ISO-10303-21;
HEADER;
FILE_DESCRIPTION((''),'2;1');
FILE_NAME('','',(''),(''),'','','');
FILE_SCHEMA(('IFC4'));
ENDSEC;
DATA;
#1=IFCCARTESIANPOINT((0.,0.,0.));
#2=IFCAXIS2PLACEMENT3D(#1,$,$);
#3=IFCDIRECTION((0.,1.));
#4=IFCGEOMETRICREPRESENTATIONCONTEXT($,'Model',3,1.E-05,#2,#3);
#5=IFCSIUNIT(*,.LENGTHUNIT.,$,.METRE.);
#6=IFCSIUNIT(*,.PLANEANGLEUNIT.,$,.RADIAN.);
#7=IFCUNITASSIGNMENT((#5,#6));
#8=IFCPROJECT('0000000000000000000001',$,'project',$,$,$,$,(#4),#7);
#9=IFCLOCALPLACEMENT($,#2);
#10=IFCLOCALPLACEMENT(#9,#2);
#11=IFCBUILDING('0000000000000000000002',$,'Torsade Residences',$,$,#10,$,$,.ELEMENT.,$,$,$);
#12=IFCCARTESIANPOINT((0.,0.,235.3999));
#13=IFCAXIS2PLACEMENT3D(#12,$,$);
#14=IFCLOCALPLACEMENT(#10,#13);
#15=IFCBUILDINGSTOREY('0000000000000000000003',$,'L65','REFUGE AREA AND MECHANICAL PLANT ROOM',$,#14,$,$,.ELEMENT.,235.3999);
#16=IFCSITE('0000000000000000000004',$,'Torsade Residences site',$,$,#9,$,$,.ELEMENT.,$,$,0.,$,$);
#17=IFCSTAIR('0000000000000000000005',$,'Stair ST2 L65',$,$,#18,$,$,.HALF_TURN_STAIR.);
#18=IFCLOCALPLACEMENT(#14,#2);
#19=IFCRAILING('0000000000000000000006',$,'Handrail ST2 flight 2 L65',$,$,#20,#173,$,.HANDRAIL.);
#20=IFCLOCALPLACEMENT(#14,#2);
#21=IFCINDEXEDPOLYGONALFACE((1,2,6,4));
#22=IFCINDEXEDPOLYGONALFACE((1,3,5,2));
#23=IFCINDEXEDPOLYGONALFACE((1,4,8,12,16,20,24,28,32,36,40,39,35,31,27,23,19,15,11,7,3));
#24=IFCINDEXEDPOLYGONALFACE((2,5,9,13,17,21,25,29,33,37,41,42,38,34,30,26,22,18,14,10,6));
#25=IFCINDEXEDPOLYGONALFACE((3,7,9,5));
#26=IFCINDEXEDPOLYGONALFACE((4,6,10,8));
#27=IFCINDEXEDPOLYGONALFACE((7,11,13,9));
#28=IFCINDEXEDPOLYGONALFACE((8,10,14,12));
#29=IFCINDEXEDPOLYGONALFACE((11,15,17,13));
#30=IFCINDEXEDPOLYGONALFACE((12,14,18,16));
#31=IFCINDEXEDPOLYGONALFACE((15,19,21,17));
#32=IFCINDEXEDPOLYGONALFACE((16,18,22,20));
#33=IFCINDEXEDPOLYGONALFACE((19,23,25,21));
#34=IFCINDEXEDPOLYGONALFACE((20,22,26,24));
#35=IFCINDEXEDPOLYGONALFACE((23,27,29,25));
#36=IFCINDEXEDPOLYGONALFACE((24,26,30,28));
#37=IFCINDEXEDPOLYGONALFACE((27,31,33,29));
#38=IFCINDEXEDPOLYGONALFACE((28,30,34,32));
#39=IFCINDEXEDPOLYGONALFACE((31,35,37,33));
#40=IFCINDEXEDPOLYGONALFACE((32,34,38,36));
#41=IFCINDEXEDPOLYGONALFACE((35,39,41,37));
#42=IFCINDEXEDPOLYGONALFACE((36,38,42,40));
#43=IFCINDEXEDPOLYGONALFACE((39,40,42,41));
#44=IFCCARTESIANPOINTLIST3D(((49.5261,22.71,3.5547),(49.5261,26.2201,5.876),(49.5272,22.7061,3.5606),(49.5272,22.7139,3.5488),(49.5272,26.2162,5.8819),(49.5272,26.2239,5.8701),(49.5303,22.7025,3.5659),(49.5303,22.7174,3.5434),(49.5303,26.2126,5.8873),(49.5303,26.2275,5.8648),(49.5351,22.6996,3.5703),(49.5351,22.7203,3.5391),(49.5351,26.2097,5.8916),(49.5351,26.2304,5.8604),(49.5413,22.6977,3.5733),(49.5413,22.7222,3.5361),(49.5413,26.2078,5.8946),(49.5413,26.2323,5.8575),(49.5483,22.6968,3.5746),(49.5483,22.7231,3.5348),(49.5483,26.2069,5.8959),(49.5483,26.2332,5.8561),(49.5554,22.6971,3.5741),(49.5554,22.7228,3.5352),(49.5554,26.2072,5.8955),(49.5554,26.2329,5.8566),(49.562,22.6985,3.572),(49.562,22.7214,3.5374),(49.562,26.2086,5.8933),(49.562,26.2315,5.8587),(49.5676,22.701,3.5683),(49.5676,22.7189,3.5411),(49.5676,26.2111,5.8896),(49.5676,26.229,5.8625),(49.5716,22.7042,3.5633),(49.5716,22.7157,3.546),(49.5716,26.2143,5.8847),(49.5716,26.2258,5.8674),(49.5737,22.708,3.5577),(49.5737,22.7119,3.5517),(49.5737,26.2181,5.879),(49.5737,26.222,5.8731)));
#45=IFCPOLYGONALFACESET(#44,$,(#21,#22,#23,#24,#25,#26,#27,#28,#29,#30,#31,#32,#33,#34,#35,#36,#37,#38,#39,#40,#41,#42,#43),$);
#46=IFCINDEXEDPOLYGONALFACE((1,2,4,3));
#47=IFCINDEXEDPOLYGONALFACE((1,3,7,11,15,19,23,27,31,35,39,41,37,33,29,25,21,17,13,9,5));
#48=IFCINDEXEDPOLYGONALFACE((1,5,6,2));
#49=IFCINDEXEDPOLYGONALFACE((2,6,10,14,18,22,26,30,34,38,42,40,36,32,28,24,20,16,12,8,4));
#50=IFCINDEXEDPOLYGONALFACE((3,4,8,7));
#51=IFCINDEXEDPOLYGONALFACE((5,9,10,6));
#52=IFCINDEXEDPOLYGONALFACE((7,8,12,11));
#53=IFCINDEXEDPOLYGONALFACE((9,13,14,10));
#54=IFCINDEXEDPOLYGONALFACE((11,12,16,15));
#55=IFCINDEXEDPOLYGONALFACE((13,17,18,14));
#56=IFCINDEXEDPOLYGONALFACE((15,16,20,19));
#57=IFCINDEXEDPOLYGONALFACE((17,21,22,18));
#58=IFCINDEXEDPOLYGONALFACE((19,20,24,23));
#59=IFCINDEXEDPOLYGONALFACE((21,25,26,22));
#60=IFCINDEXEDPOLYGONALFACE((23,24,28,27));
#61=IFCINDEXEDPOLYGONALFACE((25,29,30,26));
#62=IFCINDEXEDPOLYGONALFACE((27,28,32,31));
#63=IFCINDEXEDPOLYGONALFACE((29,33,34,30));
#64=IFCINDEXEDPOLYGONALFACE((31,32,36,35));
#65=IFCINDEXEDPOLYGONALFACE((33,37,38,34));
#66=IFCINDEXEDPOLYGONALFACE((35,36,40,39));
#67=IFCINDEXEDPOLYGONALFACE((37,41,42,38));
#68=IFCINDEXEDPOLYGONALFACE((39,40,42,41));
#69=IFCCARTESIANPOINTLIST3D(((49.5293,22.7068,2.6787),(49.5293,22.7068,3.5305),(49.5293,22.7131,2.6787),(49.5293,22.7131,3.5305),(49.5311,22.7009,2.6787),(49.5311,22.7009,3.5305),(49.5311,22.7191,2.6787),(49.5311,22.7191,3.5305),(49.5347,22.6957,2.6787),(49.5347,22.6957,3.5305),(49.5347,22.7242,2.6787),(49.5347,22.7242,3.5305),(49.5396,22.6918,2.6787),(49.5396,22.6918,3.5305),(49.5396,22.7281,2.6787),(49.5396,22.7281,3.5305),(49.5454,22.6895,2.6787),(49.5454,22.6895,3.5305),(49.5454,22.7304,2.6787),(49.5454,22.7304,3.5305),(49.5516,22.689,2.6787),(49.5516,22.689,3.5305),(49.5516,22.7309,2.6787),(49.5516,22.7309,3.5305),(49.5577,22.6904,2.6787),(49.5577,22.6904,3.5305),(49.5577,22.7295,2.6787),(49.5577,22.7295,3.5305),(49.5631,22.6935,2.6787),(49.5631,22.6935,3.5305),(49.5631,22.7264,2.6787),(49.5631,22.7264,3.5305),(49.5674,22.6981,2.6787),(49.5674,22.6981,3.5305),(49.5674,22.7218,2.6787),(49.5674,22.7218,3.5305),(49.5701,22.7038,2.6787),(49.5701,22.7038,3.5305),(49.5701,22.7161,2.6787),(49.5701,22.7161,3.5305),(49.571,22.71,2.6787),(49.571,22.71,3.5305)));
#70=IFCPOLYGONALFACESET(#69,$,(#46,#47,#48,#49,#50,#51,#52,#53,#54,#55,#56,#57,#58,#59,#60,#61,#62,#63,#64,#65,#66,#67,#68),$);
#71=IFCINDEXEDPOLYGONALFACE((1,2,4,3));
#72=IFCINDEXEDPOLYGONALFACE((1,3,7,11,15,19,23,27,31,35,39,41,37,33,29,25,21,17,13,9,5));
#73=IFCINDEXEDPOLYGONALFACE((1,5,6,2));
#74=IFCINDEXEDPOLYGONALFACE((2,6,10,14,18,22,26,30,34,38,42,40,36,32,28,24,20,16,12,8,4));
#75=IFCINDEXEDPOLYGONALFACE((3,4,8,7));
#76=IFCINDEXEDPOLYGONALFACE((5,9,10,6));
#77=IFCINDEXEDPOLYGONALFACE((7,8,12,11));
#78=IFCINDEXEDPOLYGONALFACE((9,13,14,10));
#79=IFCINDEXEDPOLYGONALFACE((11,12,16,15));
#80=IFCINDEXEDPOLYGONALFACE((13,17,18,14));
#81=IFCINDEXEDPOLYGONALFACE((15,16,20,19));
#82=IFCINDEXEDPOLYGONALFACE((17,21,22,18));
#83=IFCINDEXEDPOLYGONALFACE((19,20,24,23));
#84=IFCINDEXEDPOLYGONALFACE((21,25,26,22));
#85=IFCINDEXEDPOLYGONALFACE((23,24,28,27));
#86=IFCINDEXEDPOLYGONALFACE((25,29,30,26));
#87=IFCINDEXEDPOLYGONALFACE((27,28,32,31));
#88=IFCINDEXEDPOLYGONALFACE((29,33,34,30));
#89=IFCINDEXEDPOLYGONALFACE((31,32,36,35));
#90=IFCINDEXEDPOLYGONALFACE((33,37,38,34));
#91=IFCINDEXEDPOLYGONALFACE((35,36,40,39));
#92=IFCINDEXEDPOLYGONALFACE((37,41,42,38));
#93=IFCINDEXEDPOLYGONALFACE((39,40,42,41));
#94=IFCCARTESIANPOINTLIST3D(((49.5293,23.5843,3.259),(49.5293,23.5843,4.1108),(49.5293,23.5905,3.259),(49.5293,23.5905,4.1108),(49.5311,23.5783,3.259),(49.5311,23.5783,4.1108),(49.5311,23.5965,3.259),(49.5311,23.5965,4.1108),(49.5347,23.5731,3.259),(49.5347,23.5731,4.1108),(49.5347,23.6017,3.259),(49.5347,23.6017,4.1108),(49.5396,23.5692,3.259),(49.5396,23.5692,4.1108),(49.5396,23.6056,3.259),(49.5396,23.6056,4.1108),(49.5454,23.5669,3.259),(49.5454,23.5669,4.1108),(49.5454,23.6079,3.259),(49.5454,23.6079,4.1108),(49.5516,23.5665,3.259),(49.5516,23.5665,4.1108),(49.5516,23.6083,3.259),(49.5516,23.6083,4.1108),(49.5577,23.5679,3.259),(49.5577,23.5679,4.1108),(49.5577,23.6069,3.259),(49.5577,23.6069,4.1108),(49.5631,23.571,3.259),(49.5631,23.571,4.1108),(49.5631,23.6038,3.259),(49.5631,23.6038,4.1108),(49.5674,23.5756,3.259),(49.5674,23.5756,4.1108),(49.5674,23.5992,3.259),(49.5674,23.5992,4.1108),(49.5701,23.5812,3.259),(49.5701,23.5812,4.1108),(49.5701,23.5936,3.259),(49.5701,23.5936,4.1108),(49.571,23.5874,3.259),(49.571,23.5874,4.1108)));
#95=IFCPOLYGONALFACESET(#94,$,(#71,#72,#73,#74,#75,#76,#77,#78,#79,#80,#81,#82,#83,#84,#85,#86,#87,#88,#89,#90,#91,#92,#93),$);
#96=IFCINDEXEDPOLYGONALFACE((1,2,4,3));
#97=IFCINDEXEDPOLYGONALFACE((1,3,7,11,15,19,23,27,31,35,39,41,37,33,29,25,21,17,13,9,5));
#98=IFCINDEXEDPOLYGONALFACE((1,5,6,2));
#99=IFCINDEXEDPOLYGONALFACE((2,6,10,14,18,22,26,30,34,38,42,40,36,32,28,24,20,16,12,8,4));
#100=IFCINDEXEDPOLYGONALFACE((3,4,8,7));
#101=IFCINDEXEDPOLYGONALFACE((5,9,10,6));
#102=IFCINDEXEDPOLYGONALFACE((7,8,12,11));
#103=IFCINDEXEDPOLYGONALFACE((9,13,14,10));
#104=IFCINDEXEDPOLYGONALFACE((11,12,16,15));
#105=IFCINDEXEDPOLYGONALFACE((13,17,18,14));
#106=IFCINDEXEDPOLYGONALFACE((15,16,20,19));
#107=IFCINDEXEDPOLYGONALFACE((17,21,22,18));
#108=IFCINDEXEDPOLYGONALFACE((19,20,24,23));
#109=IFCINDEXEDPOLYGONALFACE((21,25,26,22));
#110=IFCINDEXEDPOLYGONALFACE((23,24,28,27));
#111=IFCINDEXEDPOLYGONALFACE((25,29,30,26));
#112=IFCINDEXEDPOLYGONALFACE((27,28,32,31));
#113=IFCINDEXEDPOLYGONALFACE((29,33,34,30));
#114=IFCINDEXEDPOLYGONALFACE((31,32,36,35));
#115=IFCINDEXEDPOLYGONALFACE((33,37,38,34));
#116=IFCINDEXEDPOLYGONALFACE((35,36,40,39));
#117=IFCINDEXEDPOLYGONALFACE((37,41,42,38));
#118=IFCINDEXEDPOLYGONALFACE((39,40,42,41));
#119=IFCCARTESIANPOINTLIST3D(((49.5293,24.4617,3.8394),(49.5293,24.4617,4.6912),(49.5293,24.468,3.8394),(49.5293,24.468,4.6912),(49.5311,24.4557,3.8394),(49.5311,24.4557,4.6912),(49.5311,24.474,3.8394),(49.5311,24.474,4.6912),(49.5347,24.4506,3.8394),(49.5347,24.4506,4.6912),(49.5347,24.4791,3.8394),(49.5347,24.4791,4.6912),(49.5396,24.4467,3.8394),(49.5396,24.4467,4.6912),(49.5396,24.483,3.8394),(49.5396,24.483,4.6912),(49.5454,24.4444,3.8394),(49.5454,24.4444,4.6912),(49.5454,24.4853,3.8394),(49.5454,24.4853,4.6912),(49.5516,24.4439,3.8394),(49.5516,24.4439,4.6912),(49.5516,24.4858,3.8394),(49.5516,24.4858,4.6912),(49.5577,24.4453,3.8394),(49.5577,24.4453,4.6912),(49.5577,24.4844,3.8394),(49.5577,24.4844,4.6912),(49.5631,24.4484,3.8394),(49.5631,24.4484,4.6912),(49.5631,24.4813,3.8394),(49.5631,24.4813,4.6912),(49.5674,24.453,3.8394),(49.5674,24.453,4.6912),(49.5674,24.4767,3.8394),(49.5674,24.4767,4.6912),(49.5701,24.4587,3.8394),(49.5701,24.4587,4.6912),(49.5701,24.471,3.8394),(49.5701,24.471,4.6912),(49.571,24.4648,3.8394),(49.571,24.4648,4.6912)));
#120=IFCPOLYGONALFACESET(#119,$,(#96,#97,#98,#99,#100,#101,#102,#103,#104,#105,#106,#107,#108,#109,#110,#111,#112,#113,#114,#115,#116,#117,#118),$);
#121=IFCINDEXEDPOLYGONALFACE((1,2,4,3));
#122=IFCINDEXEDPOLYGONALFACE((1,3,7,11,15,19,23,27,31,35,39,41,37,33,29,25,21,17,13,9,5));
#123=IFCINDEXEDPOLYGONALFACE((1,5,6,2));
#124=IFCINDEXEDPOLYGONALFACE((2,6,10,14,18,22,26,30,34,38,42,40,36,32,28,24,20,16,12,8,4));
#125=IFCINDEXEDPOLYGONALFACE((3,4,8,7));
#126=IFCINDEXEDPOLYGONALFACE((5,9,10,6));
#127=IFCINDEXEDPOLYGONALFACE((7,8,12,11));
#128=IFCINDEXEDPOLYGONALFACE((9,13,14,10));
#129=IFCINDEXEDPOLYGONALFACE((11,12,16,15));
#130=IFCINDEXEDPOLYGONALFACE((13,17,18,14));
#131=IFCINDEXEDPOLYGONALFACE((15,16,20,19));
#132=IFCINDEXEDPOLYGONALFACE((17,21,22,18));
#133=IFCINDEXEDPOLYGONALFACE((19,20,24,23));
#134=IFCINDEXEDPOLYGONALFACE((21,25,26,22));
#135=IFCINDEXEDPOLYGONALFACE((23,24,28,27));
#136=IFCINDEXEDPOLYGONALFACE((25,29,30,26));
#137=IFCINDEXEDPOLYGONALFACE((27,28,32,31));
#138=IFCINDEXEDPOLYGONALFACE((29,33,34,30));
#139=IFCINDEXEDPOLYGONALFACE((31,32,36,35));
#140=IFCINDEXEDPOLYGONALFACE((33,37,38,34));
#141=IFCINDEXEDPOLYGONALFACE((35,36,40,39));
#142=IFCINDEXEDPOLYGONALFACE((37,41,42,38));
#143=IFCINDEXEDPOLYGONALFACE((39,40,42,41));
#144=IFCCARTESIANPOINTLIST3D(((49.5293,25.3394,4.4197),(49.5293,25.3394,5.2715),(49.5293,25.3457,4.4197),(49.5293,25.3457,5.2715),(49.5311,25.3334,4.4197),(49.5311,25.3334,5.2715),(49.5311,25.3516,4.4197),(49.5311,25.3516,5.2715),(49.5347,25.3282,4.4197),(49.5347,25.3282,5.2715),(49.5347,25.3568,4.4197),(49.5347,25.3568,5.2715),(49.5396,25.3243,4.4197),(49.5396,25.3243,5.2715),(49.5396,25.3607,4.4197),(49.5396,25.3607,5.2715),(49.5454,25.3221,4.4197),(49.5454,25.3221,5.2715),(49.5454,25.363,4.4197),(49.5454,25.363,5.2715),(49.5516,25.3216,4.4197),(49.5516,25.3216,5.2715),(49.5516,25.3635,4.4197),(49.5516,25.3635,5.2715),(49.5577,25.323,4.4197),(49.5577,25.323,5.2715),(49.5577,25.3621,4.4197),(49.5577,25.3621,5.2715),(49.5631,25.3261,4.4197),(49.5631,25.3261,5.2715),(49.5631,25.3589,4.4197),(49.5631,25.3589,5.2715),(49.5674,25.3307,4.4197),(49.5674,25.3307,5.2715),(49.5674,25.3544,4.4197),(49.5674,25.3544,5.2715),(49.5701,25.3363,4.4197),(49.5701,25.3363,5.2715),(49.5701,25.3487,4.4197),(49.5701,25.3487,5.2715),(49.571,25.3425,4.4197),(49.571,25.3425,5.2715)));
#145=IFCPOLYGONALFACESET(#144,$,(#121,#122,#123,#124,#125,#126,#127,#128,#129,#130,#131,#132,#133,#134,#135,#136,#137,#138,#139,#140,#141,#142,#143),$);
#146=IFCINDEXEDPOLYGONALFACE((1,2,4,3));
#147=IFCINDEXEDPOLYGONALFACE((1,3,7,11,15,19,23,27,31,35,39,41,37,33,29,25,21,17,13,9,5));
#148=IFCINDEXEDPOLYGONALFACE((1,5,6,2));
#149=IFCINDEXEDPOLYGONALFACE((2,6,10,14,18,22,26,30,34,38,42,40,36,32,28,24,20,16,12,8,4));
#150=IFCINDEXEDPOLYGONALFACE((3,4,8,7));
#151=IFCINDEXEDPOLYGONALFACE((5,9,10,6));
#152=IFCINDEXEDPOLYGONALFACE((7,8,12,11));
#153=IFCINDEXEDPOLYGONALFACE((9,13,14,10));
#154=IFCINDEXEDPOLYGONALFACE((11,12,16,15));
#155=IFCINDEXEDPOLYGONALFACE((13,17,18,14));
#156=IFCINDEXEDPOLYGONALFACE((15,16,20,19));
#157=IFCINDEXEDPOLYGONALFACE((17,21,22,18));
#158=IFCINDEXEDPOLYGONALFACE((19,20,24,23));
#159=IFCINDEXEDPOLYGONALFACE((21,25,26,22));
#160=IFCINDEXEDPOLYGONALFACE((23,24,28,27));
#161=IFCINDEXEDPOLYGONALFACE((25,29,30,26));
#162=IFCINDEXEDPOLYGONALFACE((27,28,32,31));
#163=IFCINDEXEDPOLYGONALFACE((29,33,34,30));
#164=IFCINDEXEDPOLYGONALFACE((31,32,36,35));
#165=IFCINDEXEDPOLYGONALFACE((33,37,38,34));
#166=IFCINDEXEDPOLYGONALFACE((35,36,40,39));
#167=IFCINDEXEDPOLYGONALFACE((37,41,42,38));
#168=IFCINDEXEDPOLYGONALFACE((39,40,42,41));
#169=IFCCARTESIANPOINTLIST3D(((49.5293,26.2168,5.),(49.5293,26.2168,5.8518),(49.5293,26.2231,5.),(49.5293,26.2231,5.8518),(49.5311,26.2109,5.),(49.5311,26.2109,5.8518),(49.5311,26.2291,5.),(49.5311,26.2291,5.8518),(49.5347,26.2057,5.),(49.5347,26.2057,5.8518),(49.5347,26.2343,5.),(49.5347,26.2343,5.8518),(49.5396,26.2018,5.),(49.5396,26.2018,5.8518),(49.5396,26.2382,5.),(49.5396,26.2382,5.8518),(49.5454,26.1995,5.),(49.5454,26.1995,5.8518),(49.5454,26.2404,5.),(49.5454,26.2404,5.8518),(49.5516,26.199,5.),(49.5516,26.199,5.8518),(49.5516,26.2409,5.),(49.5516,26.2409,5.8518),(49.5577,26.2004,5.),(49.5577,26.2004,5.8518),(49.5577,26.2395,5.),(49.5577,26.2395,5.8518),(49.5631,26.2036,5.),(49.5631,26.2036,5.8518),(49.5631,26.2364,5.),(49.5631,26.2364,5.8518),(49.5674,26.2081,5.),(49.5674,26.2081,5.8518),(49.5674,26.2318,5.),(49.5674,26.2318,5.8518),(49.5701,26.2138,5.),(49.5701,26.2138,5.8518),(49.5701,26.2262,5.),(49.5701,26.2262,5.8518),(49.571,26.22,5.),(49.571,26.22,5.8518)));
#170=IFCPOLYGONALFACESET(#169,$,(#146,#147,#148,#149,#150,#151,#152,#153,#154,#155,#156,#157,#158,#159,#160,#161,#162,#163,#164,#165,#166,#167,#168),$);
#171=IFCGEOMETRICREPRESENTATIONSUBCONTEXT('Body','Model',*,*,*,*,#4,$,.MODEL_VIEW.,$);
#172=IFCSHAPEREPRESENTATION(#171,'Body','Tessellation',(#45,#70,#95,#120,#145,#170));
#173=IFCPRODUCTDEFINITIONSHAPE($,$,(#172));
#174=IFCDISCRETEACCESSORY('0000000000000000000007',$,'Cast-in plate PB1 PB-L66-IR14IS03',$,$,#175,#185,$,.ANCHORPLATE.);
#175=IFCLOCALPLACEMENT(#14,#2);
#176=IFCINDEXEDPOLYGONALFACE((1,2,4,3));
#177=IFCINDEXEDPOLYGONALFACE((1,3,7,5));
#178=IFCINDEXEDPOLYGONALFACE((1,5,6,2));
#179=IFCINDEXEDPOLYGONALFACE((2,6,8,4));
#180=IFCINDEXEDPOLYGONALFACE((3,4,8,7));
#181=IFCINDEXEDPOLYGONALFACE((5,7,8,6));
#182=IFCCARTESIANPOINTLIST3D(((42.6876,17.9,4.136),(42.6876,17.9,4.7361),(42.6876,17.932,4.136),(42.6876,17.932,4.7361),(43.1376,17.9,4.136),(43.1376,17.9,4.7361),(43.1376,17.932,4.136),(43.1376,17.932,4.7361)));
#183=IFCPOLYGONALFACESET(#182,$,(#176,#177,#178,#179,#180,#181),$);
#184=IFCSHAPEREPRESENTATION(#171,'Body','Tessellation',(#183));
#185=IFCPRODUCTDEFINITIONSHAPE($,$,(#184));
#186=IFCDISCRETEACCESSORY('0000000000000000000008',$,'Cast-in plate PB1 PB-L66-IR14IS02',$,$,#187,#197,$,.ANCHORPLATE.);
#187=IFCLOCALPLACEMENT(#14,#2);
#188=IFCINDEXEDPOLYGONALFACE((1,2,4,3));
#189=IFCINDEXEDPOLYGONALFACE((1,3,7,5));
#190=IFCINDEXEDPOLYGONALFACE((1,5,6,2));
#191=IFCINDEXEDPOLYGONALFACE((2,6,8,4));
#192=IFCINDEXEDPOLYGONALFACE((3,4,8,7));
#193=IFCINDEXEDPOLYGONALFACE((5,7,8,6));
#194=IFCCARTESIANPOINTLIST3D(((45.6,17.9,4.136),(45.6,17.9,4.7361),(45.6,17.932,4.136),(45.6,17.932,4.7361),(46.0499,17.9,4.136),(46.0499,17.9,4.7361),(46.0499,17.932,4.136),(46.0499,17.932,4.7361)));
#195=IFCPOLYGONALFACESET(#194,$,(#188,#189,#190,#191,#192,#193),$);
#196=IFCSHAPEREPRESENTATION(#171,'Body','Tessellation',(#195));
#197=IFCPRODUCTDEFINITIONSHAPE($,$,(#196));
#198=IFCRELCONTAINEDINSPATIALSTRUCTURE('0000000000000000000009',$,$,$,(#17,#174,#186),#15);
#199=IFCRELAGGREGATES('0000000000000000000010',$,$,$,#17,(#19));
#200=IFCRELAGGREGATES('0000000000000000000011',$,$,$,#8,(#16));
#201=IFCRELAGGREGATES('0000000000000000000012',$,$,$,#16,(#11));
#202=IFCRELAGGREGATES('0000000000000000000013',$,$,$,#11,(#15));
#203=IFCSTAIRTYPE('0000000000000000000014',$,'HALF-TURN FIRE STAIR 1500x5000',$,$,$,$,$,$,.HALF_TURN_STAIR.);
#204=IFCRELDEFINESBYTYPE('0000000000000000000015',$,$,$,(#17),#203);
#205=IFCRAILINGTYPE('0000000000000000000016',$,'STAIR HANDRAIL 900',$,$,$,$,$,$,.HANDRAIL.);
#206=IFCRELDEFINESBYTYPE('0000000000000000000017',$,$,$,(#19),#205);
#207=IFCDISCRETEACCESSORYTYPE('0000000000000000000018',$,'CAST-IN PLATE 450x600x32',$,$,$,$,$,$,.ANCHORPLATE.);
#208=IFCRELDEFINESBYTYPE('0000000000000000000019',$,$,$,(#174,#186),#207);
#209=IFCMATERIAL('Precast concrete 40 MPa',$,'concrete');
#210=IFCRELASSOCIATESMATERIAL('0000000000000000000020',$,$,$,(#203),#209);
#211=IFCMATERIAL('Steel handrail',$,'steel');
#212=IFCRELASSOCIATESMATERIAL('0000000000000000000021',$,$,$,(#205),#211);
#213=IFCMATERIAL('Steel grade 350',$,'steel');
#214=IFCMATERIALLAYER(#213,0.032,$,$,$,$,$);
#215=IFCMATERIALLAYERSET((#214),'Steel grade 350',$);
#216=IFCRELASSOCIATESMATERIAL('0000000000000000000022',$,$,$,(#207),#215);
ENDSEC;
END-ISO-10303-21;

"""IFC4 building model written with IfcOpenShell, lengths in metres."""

from ifc_helpers import new_model, si_unit, direction, frame, origin, origin_2d, place, context, subcontext, project, spatial, rectangle, circle, extrude, material, layer, layer_set, type_object, element, aggregate, save


model = new_model("IFC4")

# Units and contexts
model_context = context("Model", 3, precision=1e-05, world=origin(), true_north=direction((0.0, 1.0)))
body_context = subcontext(model_context, "Body", "Model", "MODEL_VIEW")
ifc_project = project(units=[si_unit("LENGTHUNIT", "METRE"), si_unit("PLANEANGLEUNIT", "RADIAN")], contexts=[model_context])

# Site, building, storey
site_placement = place(None, origin())
site = spatial("IfcSite", under=ifc_project, at=site_placement, Name="Torsade Residences site", CompositionType="ELEMENT", RefElevation=0.0)
building_placement = place(site_placement, origin())
building = spatial("IfcBuilding", under=site, at=building_placement, Name="Torsade Residences", CompositionType="ELEMENT")
storey_placement = place(building_placement, frame((0.0, 0.0, 235.3999)))
storey = spatial("IfcBuildingStorey", under=building, at=storey_placement, Name="L65", Description="REFUGE AREA AND MECHANICAL PLANT ROOM", CompositionType="ELEMENT", Elevation=235.3999)

# Stair, railing
ifc_material_1 = material(Name="Precast concrete 40 MPa", Category="concrete")
stair_type = type_object("IfcStairType", Name="HALF-TURN FIRE STAIR 1500x5000", PredefinedType="HALF_TURN_STAIR", material=ifc_material_1)
stair_placement = place(storey_placement, origin())
stair = element("IfcStair", 1, at=stair_placement, inside=storey, type_object=stair_type, Name="Stair ST2 L65", PredefinedType="HALF_TURN_STAIR")
ifc_material_2 = material(Name="Steel handrail", Category="steel")
railing_type = type_object("IfcRailingType", Name="STAIR HANDRAIL 900", PredefinedType="HANDRAIL", material=ifc_material_2)
railing_1_placement = place(storey_placement, frame((49.55, 22.71, 2.6787)))
railing_1 = element("IfcRailing", 2, at=railing_1_placement, type_object=railing_type, Name="Handrail ST2 flight 2 L65", PredefinedType="HANDRAIL", context=body_context, shape_type="SweptSolid", body=[
    extrude(circle(Radius=0.0239, at=origin_2d()), frame((0.0, 0.0, 0.876), z_axis=(0.0, 0.834097, 0.551617), x_axis=(-1.0, 0.0, 0.0)), (0.0, 0.0, 1.0), 4.2083),
    extrude(circle(Radius=0.021, at=origin_2d()), origin(), (0.0, 0.0, 1.0), 0.8518),
    extrude(circle(Radius=0.021, at=origin_2d()), frame((0.0, 0.8774, 0.5803)), (0.0, 0.0, 1.0), 0.8518),
    extrude(circle(Radius=0.021, at=origin_2d()), frame((0.0, 1.7549, 1.1606)), (0.0, 0.0, 1.0), 0.8518),
    extrude(circle(Radius=0.021, at=origin_2d()), frame((0.0, 2.6326, 1.741)), (0.0, 0.0, 1.0), 0.8518),
    extrude(circle(Radius=0.021, at=origin_2d()), frame((0.0, 3.51, 2.3213)), (0.0, 0.0, 1.0), 0.8518),
])
aggregate(stair, [railing_1])

# Discrete accessories
ifc_material_3 = material(Name="Steel grade 350", Category="steel")
ifc_layer_1 = layer(ifc_material_3, 0.032)
ifc_layer_set_1 = layer_set([ifc_layer_1], Name="Steel grade 350")
discrete_accessory_type = type_object("IfcDiscreteAccessoryType", Name="CAST-IN PLATE 450x600x32", PredefinedType="ANCHORPLATE", material=ifc_layer_set_1)
for number, where, z_axis, x_axis, name in (
    (3, (42.9126, 17.916, 4.136), (0.0, 0.0, 1.0), (1.0, 0.0, 0.0), "Cast-in plate PB1 PB-L66-IR14IS03"),
    (4, (45.825, 17.916, 4.136), (0.0, 0.0, 1.0), (1.0, 0.0, 0.0), "Cast-in plate PB1 PB-L66-IR14IS02"),
):
    element("IfcDiscreteAccessory", number, at=place(storey_placement, frame(where, z_axis=z_axis, x_axis=x_axis)), inside=storey, type_object=discrete_accessory_type, Name=name, PredefinedType="ANCHORPLATE", context=body_context, shape_type="SweptSolid", body=[
        extrude(rectangle(XDim=0.45, YDim=0.032, at=origin_2d()), origin(), (0.0, 0.0, 1.0), 0.6001),
    ])

save(model, "model.ifc")
